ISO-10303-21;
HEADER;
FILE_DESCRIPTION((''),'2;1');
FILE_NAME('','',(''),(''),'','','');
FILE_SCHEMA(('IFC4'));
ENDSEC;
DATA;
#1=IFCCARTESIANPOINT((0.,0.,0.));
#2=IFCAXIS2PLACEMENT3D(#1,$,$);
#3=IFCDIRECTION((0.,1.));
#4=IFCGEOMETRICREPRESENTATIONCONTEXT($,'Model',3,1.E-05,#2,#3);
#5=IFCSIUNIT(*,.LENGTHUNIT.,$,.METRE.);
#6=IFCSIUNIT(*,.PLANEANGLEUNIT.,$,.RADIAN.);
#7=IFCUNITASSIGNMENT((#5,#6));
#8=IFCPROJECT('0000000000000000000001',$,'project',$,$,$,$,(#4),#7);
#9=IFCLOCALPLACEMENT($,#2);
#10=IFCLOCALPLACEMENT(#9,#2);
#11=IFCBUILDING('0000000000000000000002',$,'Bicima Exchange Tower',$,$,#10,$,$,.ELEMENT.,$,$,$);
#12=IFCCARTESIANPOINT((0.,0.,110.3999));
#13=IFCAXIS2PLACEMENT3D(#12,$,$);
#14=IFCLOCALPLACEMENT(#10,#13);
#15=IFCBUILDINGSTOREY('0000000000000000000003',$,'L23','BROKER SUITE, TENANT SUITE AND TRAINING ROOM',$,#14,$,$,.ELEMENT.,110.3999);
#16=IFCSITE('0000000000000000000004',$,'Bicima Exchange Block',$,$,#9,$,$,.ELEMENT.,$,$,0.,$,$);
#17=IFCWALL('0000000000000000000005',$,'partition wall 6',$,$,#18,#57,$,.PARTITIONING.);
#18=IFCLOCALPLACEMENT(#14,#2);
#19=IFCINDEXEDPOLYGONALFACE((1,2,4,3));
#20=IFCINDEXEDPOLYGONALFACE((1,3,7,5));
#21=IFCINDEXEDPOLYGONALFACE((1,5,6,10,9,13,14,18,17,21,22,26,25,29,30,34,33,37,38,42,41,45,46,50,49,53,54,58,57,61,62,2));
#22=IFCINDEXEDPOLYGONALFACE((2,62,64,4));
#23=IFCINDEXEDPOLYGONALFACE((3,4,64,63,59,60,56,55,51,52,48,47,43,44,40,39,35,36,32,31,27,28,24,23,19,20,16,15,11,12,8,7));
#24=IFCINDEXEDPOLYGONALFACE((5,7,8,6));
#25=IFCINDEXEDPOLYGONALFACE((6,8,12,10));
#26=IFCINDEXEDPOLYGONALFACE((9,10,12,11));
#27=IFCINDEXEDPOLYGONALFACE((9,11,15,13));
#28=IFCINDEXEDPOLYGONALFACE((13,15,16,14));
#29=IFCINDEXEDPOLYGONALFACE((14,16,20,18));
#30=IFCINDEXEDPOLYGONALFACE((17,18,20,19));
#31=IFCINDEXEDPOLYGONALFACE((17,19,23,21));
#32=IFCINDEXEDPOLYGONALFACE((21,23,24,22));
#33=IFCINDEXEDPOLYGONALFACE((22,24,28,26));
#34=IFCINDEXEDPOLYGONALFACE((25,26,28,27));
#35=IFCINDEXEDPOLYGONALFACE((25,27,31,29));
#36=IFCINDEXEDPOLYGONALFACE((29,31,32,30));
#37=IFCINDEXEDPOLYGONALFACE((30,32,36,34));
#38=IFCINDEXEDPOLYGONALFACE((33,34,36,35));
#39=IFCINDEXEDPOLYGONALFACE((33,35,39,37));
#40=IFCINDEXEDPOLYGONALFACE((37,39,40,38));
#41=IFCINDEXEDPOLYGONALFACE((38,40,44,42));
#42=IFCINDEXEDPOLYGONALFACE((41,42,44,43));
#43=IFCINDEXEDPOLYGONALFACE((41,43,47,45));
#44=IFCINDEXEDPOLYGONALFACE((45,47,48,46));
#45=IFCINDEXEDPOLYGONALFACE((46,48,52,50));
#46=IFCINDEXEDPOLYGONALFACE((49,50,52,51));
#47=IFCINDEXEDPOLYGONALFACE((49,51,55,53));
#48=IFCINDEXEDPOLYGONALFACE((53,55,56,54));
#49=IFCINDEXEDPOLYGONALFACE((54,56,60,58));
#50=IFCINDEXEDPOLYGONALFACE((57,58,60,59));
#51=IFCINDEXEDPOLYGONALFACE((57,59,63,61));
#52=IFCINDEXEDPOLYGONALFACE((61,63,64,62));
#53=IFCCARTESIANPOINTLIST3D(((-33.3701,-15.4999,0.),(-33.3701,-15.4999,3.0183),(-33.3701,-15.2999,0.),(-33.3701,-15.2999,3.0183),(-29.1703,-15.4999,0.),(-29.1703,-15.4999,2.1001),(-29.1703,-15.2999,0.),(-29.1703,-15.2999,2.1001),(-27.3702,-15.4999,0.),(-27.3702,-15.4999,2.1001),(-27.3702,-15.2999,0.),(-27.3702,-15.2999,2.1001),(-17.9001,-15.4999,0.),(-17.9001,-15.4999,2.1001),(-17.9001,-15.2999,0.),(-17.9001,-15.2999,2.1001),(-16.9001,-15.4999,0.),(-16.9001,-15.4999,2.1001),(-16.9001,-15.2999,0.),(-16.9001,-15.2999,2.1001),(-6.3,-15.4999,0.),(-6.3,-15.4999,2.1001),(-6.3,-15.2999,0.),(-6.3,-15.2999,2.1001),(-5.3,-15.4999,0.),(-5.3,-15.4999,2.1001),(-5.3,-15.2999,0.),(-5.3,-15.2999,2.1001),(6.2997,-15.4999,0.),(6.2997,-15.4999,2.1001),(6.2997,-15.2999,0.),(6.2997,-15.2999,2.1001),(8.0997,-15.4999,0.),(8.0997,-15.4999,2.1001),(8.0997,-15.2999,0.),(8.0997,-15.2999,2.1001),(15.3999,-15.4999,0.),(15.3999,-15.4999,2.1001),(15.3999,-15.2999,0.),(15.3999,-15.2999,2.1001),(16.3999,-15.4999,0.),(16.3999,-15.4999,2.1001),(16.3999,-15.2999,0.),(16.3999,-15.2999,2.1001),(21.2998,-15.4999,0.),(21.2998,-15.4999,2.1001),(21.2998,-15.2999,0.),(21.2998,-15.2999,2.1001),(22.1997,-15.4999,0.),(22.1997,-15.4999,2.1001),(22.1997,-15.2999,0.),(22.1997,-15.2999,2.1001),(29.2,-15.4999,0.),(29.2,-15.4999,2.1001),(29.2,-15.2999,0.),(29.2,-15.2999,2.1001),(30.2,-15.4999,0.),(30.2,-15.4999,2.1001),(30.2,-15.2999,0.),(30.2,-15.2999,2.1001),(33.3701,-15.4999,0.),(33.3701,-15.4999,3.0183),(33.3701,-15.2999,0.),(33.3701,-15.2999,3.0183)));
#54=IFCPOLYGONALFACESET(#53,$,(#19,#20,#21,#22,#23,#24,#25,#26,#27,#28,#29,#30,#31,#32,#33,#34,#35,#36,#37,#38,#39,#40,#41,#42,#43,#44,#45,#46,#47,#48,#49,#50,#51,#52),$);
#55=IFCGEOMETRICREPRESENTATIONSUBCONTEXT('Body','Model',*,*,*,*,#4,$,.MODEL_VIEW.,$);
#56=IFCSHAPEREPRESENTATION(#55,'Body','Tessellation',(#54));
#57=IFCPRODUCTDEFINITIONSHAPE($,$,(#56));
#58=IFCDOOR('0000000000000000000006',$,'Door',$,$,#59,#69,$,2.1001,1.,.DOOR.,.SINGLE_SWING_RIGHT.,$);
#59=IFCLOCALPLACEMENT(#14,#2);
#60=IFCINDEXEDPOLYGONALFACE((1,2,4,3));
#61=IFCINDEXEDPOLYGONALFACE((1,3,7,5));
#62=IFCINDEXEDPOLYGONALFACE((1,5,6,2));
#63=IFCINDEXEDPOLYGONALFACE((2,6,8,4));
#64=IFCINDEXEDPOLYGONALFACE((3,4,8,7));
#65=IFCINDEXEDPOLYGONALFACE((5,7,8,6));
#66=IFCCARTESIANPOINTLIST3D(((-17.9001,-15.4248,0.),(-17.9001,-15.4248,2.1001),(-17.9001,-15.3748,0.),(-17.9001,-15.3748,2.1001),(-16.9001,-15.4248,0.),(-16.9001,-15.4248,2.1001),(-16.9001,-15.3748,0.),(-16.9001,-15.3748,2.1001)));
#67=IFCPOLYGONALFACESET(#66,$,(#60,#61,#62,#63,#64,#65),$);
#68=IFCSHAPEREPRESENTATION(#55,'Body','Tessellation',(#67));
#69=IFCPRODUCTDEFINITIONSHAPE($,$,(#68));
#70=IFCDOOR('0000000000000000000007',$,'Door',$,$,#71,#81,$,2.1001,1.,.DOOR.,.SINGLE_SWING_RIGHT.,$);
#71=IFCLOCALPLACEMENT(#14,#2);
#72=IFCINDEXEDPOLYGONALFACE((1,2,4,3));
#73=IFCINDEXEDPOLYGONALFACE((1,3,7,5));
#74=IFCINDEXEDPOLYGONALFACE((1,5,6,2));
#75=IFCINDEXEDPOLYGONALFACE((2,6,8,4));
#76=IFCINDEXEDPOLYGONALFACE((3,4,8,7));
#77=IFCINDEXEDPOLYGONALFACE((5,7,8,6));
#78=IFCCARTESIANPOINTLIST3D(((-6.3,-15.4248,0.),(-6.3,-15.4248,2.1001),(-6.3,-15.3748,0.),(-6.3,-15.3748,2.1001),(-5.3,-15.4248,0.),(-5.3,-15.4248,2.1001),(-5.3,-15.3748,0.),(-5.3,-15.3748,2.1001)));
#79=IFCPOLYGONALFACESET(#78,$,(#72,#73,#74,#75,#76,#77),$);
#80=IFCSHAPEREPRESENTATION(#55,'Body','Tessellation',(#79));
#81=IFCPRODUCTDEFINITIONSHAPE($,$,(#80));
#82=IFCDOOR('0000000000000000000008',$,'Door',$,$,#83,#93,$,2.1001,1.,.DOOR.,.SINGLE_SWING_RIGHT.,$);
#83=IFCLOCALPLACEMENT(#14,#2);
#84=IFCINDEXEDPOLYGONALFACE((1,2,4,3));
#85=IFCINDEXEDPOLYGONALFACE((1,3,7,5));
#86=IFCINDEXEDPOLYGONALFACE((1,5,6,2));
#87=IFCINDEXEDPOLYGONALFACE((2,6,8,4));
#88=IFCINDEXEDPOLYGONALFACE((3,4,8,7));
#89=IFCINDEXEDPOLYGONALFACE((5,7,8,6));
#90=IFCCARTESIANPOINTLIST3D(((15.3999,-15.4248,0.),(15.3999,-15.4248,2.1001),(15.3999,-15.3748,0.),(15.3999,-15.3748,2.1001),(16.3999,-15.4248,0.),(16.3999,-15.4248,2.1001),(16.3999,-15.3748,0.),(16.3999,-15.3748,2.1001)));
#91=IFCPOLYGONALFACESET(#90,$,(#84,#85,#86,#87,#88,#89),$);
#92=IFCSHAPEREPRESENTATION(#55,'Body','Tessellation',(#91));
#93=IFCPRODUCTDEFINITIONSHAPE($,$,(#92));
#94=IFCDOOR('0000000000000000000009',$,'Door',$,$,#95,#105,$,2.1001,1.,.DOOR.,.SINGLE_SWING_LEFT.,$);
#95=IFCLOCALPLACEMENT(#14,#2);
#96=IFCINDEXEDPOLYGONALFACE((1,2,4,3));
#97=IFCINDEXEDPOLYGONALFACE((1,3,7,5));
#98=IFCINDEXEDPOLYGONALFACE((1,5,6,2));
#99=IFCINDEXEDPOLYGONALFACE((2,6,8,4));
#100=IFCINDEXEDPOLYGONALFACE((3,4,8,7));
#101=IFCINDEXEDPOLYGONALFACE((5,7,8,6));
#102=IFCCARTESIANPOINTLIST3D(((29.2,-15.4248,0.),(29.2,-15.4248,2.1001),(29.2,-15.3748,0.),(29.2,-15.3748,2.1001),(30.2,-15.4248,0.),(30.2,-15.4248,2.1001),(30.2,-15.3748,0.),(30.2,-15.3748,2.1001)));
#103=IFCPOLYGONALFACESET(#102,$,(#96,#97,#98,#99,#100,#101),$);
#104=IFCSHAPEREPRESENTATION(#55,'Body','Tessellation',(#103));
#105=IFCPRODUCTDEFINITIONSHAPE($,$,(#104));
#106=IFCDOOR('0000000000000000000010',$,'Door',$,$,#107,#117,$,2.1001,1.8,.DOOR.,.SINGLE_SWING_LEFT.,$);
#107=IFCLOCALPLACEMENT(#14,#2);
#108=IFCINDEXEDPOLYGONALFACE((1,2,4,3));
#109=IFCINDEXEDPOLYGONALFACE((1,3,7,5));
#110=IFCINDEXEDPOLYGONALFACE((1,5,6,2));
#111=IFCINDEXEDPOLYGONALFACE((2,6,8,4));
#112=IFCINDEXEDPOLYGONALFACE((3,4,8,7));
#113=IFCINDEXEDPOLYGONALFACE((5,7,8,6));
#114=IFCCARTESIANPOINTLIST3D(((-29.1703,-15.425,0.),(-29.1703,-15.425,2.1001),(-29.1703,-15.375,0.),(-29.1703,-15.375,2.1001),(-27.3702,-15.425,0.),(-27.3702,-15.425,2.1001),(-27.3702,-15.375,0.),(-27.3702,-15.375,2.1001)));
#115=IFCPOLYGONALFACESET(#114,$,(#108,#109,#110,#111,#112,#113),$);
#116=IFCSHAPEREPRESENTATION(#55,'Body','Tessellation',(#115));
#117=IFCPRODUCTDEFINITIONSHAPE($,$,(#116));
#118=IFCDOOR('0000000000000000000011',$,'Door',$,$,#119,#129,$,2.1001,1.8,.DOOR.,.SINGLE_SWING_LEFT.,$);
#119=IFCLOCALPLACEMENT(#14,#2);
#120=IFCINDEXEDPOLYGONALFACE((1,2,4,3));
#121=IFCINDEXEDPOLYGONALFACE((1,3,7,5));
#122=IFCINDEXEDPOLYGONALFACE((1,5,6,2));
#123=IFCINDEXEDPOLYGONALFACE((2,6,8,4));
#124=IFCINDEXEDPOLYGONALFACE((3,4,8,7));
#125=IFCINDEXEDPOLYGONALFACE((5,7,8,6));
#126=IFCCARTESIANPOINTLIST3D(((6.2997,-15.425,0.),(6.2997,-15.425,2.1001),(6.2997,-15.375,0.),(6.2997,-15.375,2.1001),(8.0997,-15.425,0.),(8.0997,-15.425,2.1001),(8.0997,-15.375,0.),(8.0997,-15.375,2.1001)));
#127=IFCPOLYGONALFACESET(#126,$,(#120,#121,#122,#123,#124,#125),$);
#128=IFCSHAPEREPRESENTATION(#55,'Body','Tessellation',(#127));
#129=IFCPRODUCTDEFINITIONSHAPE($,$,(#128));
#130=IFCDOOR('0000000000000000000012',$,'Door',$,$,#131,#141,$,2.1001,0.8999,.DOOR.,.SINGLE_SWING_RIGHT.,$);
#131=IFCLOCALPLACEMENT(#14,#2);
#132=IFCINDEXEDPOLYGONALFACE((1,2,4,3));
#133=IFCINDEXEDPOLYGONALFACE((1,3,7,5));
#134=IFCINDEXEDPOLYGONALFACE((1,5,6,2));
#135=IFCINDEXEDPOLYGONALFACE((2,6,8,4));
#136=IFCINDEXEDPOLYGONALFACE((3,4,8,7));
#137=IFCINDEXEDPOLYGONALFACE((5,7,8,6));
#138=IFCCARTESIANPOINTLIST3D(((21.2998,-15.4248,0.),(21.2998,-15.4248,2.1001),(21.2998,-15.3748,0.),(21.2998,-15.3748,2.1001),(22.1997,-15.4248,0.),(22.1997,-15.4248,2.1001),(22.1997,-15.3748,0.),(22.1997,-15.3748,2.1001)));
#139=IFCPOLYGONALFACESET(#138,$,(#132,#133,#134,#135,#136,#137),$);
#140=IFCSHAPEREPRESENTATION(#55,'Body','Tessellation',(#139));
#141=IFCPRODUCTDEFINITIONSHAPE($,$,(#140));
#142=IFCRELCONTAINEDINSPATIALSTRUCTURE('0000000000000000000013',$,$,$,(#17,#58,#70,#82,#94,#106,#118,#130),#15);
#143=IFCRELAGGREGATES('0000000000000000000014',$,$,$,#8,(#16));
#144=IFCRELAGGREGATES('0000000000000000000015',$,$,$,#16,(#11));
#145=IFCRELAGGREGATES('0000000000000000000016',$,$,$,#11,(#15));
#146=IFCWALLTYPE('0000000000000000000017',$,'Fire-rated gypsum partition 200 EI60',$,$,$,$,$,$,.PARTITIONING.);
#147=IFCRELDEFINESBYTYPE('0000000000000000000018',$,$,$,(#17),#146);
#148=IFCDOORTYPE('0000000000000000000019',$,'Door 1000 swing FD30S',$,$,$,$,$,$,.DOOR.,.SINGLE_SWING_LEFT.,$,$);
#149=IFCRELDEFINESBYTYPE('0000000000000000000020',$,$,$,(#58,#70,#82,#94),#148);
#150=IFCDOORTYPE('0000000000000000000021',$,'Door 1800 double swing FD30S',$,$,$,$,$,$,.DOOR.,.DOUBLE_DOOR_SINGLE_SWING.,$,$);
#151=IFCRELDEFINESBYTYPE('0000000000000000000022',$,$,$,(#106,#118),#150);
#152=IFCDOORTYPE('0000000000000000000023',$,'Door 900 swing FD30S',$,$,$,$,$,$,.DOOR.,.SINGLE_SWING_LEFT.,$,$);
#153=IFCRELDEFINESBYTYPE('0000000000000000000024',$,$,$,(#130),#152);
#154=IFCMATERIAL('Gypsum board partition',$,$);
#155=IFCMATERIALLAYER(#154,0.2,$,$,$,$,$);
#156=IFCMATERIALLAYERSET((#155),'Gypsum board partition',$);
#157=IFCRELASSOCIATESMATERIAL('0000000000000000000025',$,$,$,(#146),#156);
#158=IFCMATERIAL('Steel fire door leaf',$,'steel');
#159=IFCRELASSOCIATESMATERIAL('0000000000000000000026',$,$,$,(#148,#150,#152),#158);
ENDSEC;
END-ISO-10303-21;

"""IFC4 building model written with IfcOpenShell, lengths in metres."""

from ifc_helpers import new_model, si_unit, direction, frame, frame_2d, origin, place, context, subcontext, project, spatial, rectangle, extrude, material, layer, layer_set, type_object, element, fill, save


model = new_model("IFC4")

# Units and contexts
model_context = context("Model", 3, precision=1e-05, world=origin(), true_north=direction((0.0, 1.0)))
body_context = subcontext(model_context, "Body", "Model", "MODEL_VIEW")
ifc_project = project(units=[si_unit("LENGTHUNIT", "METRE"), si_unit("PLANEANGLEUNIT", "RADIAN")], contexts=[model_context])

# Site, building, storey
site_placement = place(None, origin())
site = spatial("IfcSite", under=ifc_project, at=site_placement, Name="Bicima Exchange Block", CompositionType="ELEMENT", RefElevation=0.0)
building_placement = place(site_placement, origin())
building = spatial("IfcBuilding", under=site, at=building_placement, Name="Bicima Exchange Tower", CompositionType="ELEMENT")
storey_placement = place(building_placement, frame((0.0, 0.0, 110.3999)))
storey = spatial("IfcBuildingStorey", under=building, at=storey_placement, Name="L23", Description="BROKER SUITE, TENANT SUITE AND TRAINING ROOM", CompositionType="ELEMENT", Elevation=110.3999)

# Wall, openings, doors
ifc_material_1 = material(Name="Gypsum board partition")
ifc_layer_1 = layer(ifc_material_1, 0.2)
ifc_layer_set_1 = layer_set([ifc_layer_1], Name="Gypsum board partition")
wall_type_1 = type_object("IfcWallType", Name="Fire-rated gypsum partition 200 EI60", PredefinedType="PARTITIONING", material=ifc_layer_set_1)
wall_1_placement = place(storey_placement, frame((-33.3701, -15.3999, 0.0), z_axis=(0.0, 0.0, 1.0), x_axis=(1.0, 0.0, 0.0)))
wall_1 = element("IfcWall", 1, at=wall_1_placement, inside=storey, type_object=wall_type_1, Name="partition wall 6", PredefinedType="PARTITIONING", context=body_context, shape_type="SweptSolid", body=[
    extrude(rectangle(XDim=66.7402, YDim=0.2, at=frame_2d((33.3701, 0.0))), origin(), (0.0, 0.0, 1.0), 3.0183),
])
opening_1_placement = place(wall_1_placement, frame((4.2, 0.0, 0.0)))
opening_1 = element("IfcOpeningElement", 2, at=opening_1_placement, cuts=wall_1, PredefinedType="OPENING", context=body_context, shape_type="SweptSolid", body=[
    extrude(rectangle(XDim=1.8, YDim=2.1001, at=frame_2d((0.8999, 1.05))), frame((0.0, 0.1118, 0.0), z_axis=(0.0, -1.0, 0.0), x_axis=(1.0, 0.0, 0.0)), (0.0, 0.0, 1.0), 0.2239),
])
opening_2_placement = place(wall_1_placement, frame((15.47, 0.0, 0.0)))
opening_2 = element("IfcOpeningElement", 3, at=opening_2_placement, cuts=wall_1, PredefinedType="OPENING", context=body_context, shape_type="SweptSolid", body=[
    extrude(rectangle(XDim=1.0, YDim=2.1001, at=frame_2d((0.5, 1.05))), frame((0.0, 0.1118, 0.0), z_axis=(0.0, -1.0, 0.0), x_axis=(1.0, 0.0, 0.0)), (0.0, 0.0, 1.0), 0.2239),
])
opening_3_placement = place(wall_1_placement, frame((27.0701, 0.0, 0.0)))
opening_3 = element("IfcOpeningElement", 4, at=opening_3_placement, cuts=wall_1, PredefinedType="OPENING", context=body_context, shape_type="SweptSolid", body=[
    extrude(rectangle(XDim=1.0, YDim=2.1001, at=frame_2d((0.5, 1.05))), frame((0.0, 0.1118, 0.0), z_axis=(0.0, -1.0, 0.0), x_axis=(1.0, 0.0, 0.0)), (0.0, 0.0, 1.0), 0.2239),
])
opening_4_placement = place(wall_1_placement, frame((39.6699, 0.0, 0.0)))
opening_4 = element("IfcOpeningElement", 5, at=opening_4_placement, cuts=wall_1, PredefinedType="OPENING", context=body_context, shape_type="SweptSolid", body=[
    extrude(rectangle(XDim=1.8, YDim=2.1001, at=frame_2d((0.8999, 1.05))), frame((0.0, 0.1118, 0.0), z_axis=(0.0, -1.0, 0.0), x_axis=(1.0, 0.0, 0.0)), (0.0, 0.0, 1.0), 0.2239),
])
opening_5_placement = place(wall_1_placement, frame((48.77, 0.0, 0.0)))
opening_5 = element("IfcOpeningElement", 6, at=opening_5_placement, cuts=wall_1, PredefinedType="OPENING", context=body_context, shape_type="SweptSolid", body=[
    extrude(rectangle(XDim=1.0, YDim=2.1001, at=frame_2d((0.5, 1.05))), frame((0.0, 0.1118, 0.0), z_axis=(0.0, -1.0, 0.0), x_axis=(1.0, 0.0, 0.0)), (0.0, 0.0, 1.0), 0.2239),
])
opening_6_placement = place(wall_1_placement, frame((54.6699, 0.0, 0.0)))
opening_6 = element("IfcOpeningElement", 7, at=opening_6_placement, cuts=wall_1, PredefinedType="OPENING", context=body_context, shape_type="SweptSolid", body=[
    extrude(rectangle(XDim=0.8999, YDim=2.1001, at=frame_2d((0.45, 1.05))), frame((0.0, 0.1118, 0.0), z_axis=(0.0, -1.0, 0.0), x_axis=(1.0, 0.0, 0.0)), (0.0, 0.0, 1.0), 0.2239),
])
opening_7_placement = place(wall_1_placement, frame((62.5701, 0.0, 0.0)))
opening_7 = element("IfcOpeningElement", 8, at=opening_7_placement, cuts=wall_1, PredefinedType="OPENING", context=body_context, shape_type="SweptSolid", body=[
    extrude(rectangle(XDim=1.0, YDim=2.1001, at=frame_2d((0.5, 1.05))), frame((0.0, 0.1118, 0.0), z_axis=(0.0, -1.0, 0.0), x_axis=(1.0, 0.0, 0.0)), (0.0, 0.0, 1.0), 0.2239),
])
ifc_material_2 = material(Name="Steel fire door leaf", Category="steel")
door_type_1 = type_object("IfcDoorType", Name="Door 1000 swing FD30S", OperationType="SINGLE_SWING_LEFT", PredefinedType="DOOR", material=ifc_material_2)
door_1_placement = place(opening_2_placement, frame((1.0, 0.0, 0.0), z_axis=(0.0, 0.0, 1.0), x_axis=(-1.0, 0.0, 0.0)))
door_1 = element("IfcDoor", 9, at=door_1_placement, inside=storey, type_object=door_type_1, Name="Door", OperationType="SINGLE_SWING_RIGHT", OverallHeight=2.1001, OverallWidth=1.0, PredefinedType="DOOR", context=body_context, shape_type="SweptSolid", body=[
    extrude(rectangle(XDim=1.0, YDim=2.1001, at=frame_2d((0.5, 1.05))), frame((0.0, 0.0249, 0.0), z_axis=(0.0, -1.0, 0.0), x_axis=(1.0, 0.0, 0.0)), (0.0, 0.0, 1.0), 0.05),
])
fill(opening_2, door_1)
door_2_placement = place(opening_3_placement, frame((1.0, 0.0, 0.0), z_axis=(0.0, 0.0, 1.0), x_axis=(-1.0, 0.0, 0.0)))
door_2 = element("IfcDoor", 10, at=door_2_placement, inside=storey, type_object=door_type_1, Name="Door", OperationType="SINGLE_SWING_RIGHT", OverallHeight=2.1001, OverallWidth=1.0, PredefinedType="DOOR", context=body_context, shape_type="SweptSolid", body=[
    extrude(rectangle(XDim=1.0, YDim=2.1001, at=frame_2d((0.5, 1.05))), frame((0.0, 0.0249, 0.0), z_axis=(0.0, -1.0, 0.0), x_axis=(1.0, 0.0, 0.0)), (0.0, 0.0, 1.0), 0.05),
])
fill(opening_3, door_2)
door_3_placement = place(opening_5_placement, frame((1.0, 0.0, 0.0), z_axis=(0.0, 0.0, 1.0), x_axis=(-1.0, 0.0, 0.0)))
door_3 = element("IfcDoor", 11, at=door_3_placement, inside=storey, type_object=door_type_1, Name="Door", OperationType="SINGLE_SWING_RIGHT", OverallHeight=2.1001, OverallWidth=1.0, PredefinedType="DOOR", context=body_context, shape_type="SweptSolid", body=[
    extrude(rectangle(XDim=1.0, YDim=2.1001, at=frame_2d((0.5, 1.05))), frame((0.0, 0.0249, 0.0), z_axis=(0.0, -1.0, 0.0), x_axis=(1.0, 0.0, 0.0)), (0.0, 0.0, 1.0), 0.05),
])
fill(opening_5, door_3)
door_4_placement = place(opening_7_placement, frame((1.0, 0.0, 0.0), z_axis=(0.0, 0.0, 1.0), x_axis=(-1.0, 0.0, 0.0)))
door_4 = element("IfcDoor", 12, at=door_4_placement, inside=storey, type_object=door_type_1, Name="Door", OperationType="SINGLE_SWING_LEFT", OverallHeight=2.1001, OverallWidth=1.0, PredefinedType="DOOR", context=body_context, shape_type="SweptSolid", body=[
    extrude(rectangle(XDim=1.0, YDim=2.1001, at=frame_2d((0.5, 1.05))), frame((0.0, 0.0249, 0.0), z_axis=(0.0, -1.0, 0.0), x_axis=(1.0, 0.0, 0.0)), (0.0, 0.0, 1.0), 0.05),
])
fill(opening_7, door_4)
door_type_2 = type_object("IfcDoorType", Name="Door 1800 double swing FD30S", OperationType="DOUBLE_DOOR_SINGLE_SWING", PredefinedType="DOOR", material=ifc_material_2)
door_5_placement = place(opening_1_placement, origin())
door_5 = element("IfcDoor", 13, at=door_5_placement, inside=storey, type_object=door_type_2, Name="Door", OperationType="SINGLE_SWING_LEFT", OverallHeight=2.1001, OverallWidth=1.8, PredefinedType="DOOR", context=body_context, shape_type="SweptSolid", body=[
    extrude(rectangle(XDim=1.8, YDim=2.1001, at=frame_2d((0.8999, 1.05))), frame((0.0, 0.0249, 0.0), z_axis=(0.0, -1.0, 0.0), x_axis=(1.0, 0.0, 0.0)), (0.0, 0.0, 1.0), 0.05),
])
fill(opening_1, door_5)
door_6_placement = place(opening_4_placement, origin())
door_6 = element("IfcDoor", 14, at=door_6_placement, inside=storey, type_object=door_type_2, Name="Door", OperationType="SINGLE_SWING_LEFT", OverallHeight=2.1001, OverallWidth=1.8, PredefinedType="DOOR", context=body_context, shape_type="SweptSolid", body=[
    extrude(rectangle(XDim=1.8, YDim=2.1001, at=frame_2d((0.8999, 1.05))), frame((0.0, 0.0249, 0.0), z_axis=(0.0, -1.0, 0.0), x_axis=(1.0, 0.0, 0.0)), (0.0, 0.0, 1.0), 0.05),
])
fill(opening_4, door_6)
door_type_3 = type_object("IfcDoorType", Name="Door 900 swing FD30S", OperationType="SINGLE_SWING_LEFT", PredefinedType="DOOR", material=ifc_material_2)
door_7_placement = place(opening_6_placement, frame((0.8999, 0.0, 0.0), z_axis=(0.0, 0.0, 1.0), x_axis=(-1.0, 0.0, 0.0)))
door_7 = element("IfcDoor", 15, at=door_7_placement, inside=storey, type_object=door_type_3, Name="Door", OperationType="SINGLE_SWING_RIGHT", OverallHeight=2.1001, OverallWidth=0.8999, PredefinedType="DOOR", context=body_context, shape_type="SweptSolid", body=[
    extrude(rectangle(XDim=0.8999, YDim=2.1001, at=frame_2d((0.45, 1.05))), frame((0.0, 0.0249, 0.0), z_axis=(0.0, -1.0, 0.0), x_axis=(1.0, 0.0, 0.0)), (0.0, 0.0, 1.0), 0.05),
])
fill(opening_6, door_7)

save(model, "model.ifc")
